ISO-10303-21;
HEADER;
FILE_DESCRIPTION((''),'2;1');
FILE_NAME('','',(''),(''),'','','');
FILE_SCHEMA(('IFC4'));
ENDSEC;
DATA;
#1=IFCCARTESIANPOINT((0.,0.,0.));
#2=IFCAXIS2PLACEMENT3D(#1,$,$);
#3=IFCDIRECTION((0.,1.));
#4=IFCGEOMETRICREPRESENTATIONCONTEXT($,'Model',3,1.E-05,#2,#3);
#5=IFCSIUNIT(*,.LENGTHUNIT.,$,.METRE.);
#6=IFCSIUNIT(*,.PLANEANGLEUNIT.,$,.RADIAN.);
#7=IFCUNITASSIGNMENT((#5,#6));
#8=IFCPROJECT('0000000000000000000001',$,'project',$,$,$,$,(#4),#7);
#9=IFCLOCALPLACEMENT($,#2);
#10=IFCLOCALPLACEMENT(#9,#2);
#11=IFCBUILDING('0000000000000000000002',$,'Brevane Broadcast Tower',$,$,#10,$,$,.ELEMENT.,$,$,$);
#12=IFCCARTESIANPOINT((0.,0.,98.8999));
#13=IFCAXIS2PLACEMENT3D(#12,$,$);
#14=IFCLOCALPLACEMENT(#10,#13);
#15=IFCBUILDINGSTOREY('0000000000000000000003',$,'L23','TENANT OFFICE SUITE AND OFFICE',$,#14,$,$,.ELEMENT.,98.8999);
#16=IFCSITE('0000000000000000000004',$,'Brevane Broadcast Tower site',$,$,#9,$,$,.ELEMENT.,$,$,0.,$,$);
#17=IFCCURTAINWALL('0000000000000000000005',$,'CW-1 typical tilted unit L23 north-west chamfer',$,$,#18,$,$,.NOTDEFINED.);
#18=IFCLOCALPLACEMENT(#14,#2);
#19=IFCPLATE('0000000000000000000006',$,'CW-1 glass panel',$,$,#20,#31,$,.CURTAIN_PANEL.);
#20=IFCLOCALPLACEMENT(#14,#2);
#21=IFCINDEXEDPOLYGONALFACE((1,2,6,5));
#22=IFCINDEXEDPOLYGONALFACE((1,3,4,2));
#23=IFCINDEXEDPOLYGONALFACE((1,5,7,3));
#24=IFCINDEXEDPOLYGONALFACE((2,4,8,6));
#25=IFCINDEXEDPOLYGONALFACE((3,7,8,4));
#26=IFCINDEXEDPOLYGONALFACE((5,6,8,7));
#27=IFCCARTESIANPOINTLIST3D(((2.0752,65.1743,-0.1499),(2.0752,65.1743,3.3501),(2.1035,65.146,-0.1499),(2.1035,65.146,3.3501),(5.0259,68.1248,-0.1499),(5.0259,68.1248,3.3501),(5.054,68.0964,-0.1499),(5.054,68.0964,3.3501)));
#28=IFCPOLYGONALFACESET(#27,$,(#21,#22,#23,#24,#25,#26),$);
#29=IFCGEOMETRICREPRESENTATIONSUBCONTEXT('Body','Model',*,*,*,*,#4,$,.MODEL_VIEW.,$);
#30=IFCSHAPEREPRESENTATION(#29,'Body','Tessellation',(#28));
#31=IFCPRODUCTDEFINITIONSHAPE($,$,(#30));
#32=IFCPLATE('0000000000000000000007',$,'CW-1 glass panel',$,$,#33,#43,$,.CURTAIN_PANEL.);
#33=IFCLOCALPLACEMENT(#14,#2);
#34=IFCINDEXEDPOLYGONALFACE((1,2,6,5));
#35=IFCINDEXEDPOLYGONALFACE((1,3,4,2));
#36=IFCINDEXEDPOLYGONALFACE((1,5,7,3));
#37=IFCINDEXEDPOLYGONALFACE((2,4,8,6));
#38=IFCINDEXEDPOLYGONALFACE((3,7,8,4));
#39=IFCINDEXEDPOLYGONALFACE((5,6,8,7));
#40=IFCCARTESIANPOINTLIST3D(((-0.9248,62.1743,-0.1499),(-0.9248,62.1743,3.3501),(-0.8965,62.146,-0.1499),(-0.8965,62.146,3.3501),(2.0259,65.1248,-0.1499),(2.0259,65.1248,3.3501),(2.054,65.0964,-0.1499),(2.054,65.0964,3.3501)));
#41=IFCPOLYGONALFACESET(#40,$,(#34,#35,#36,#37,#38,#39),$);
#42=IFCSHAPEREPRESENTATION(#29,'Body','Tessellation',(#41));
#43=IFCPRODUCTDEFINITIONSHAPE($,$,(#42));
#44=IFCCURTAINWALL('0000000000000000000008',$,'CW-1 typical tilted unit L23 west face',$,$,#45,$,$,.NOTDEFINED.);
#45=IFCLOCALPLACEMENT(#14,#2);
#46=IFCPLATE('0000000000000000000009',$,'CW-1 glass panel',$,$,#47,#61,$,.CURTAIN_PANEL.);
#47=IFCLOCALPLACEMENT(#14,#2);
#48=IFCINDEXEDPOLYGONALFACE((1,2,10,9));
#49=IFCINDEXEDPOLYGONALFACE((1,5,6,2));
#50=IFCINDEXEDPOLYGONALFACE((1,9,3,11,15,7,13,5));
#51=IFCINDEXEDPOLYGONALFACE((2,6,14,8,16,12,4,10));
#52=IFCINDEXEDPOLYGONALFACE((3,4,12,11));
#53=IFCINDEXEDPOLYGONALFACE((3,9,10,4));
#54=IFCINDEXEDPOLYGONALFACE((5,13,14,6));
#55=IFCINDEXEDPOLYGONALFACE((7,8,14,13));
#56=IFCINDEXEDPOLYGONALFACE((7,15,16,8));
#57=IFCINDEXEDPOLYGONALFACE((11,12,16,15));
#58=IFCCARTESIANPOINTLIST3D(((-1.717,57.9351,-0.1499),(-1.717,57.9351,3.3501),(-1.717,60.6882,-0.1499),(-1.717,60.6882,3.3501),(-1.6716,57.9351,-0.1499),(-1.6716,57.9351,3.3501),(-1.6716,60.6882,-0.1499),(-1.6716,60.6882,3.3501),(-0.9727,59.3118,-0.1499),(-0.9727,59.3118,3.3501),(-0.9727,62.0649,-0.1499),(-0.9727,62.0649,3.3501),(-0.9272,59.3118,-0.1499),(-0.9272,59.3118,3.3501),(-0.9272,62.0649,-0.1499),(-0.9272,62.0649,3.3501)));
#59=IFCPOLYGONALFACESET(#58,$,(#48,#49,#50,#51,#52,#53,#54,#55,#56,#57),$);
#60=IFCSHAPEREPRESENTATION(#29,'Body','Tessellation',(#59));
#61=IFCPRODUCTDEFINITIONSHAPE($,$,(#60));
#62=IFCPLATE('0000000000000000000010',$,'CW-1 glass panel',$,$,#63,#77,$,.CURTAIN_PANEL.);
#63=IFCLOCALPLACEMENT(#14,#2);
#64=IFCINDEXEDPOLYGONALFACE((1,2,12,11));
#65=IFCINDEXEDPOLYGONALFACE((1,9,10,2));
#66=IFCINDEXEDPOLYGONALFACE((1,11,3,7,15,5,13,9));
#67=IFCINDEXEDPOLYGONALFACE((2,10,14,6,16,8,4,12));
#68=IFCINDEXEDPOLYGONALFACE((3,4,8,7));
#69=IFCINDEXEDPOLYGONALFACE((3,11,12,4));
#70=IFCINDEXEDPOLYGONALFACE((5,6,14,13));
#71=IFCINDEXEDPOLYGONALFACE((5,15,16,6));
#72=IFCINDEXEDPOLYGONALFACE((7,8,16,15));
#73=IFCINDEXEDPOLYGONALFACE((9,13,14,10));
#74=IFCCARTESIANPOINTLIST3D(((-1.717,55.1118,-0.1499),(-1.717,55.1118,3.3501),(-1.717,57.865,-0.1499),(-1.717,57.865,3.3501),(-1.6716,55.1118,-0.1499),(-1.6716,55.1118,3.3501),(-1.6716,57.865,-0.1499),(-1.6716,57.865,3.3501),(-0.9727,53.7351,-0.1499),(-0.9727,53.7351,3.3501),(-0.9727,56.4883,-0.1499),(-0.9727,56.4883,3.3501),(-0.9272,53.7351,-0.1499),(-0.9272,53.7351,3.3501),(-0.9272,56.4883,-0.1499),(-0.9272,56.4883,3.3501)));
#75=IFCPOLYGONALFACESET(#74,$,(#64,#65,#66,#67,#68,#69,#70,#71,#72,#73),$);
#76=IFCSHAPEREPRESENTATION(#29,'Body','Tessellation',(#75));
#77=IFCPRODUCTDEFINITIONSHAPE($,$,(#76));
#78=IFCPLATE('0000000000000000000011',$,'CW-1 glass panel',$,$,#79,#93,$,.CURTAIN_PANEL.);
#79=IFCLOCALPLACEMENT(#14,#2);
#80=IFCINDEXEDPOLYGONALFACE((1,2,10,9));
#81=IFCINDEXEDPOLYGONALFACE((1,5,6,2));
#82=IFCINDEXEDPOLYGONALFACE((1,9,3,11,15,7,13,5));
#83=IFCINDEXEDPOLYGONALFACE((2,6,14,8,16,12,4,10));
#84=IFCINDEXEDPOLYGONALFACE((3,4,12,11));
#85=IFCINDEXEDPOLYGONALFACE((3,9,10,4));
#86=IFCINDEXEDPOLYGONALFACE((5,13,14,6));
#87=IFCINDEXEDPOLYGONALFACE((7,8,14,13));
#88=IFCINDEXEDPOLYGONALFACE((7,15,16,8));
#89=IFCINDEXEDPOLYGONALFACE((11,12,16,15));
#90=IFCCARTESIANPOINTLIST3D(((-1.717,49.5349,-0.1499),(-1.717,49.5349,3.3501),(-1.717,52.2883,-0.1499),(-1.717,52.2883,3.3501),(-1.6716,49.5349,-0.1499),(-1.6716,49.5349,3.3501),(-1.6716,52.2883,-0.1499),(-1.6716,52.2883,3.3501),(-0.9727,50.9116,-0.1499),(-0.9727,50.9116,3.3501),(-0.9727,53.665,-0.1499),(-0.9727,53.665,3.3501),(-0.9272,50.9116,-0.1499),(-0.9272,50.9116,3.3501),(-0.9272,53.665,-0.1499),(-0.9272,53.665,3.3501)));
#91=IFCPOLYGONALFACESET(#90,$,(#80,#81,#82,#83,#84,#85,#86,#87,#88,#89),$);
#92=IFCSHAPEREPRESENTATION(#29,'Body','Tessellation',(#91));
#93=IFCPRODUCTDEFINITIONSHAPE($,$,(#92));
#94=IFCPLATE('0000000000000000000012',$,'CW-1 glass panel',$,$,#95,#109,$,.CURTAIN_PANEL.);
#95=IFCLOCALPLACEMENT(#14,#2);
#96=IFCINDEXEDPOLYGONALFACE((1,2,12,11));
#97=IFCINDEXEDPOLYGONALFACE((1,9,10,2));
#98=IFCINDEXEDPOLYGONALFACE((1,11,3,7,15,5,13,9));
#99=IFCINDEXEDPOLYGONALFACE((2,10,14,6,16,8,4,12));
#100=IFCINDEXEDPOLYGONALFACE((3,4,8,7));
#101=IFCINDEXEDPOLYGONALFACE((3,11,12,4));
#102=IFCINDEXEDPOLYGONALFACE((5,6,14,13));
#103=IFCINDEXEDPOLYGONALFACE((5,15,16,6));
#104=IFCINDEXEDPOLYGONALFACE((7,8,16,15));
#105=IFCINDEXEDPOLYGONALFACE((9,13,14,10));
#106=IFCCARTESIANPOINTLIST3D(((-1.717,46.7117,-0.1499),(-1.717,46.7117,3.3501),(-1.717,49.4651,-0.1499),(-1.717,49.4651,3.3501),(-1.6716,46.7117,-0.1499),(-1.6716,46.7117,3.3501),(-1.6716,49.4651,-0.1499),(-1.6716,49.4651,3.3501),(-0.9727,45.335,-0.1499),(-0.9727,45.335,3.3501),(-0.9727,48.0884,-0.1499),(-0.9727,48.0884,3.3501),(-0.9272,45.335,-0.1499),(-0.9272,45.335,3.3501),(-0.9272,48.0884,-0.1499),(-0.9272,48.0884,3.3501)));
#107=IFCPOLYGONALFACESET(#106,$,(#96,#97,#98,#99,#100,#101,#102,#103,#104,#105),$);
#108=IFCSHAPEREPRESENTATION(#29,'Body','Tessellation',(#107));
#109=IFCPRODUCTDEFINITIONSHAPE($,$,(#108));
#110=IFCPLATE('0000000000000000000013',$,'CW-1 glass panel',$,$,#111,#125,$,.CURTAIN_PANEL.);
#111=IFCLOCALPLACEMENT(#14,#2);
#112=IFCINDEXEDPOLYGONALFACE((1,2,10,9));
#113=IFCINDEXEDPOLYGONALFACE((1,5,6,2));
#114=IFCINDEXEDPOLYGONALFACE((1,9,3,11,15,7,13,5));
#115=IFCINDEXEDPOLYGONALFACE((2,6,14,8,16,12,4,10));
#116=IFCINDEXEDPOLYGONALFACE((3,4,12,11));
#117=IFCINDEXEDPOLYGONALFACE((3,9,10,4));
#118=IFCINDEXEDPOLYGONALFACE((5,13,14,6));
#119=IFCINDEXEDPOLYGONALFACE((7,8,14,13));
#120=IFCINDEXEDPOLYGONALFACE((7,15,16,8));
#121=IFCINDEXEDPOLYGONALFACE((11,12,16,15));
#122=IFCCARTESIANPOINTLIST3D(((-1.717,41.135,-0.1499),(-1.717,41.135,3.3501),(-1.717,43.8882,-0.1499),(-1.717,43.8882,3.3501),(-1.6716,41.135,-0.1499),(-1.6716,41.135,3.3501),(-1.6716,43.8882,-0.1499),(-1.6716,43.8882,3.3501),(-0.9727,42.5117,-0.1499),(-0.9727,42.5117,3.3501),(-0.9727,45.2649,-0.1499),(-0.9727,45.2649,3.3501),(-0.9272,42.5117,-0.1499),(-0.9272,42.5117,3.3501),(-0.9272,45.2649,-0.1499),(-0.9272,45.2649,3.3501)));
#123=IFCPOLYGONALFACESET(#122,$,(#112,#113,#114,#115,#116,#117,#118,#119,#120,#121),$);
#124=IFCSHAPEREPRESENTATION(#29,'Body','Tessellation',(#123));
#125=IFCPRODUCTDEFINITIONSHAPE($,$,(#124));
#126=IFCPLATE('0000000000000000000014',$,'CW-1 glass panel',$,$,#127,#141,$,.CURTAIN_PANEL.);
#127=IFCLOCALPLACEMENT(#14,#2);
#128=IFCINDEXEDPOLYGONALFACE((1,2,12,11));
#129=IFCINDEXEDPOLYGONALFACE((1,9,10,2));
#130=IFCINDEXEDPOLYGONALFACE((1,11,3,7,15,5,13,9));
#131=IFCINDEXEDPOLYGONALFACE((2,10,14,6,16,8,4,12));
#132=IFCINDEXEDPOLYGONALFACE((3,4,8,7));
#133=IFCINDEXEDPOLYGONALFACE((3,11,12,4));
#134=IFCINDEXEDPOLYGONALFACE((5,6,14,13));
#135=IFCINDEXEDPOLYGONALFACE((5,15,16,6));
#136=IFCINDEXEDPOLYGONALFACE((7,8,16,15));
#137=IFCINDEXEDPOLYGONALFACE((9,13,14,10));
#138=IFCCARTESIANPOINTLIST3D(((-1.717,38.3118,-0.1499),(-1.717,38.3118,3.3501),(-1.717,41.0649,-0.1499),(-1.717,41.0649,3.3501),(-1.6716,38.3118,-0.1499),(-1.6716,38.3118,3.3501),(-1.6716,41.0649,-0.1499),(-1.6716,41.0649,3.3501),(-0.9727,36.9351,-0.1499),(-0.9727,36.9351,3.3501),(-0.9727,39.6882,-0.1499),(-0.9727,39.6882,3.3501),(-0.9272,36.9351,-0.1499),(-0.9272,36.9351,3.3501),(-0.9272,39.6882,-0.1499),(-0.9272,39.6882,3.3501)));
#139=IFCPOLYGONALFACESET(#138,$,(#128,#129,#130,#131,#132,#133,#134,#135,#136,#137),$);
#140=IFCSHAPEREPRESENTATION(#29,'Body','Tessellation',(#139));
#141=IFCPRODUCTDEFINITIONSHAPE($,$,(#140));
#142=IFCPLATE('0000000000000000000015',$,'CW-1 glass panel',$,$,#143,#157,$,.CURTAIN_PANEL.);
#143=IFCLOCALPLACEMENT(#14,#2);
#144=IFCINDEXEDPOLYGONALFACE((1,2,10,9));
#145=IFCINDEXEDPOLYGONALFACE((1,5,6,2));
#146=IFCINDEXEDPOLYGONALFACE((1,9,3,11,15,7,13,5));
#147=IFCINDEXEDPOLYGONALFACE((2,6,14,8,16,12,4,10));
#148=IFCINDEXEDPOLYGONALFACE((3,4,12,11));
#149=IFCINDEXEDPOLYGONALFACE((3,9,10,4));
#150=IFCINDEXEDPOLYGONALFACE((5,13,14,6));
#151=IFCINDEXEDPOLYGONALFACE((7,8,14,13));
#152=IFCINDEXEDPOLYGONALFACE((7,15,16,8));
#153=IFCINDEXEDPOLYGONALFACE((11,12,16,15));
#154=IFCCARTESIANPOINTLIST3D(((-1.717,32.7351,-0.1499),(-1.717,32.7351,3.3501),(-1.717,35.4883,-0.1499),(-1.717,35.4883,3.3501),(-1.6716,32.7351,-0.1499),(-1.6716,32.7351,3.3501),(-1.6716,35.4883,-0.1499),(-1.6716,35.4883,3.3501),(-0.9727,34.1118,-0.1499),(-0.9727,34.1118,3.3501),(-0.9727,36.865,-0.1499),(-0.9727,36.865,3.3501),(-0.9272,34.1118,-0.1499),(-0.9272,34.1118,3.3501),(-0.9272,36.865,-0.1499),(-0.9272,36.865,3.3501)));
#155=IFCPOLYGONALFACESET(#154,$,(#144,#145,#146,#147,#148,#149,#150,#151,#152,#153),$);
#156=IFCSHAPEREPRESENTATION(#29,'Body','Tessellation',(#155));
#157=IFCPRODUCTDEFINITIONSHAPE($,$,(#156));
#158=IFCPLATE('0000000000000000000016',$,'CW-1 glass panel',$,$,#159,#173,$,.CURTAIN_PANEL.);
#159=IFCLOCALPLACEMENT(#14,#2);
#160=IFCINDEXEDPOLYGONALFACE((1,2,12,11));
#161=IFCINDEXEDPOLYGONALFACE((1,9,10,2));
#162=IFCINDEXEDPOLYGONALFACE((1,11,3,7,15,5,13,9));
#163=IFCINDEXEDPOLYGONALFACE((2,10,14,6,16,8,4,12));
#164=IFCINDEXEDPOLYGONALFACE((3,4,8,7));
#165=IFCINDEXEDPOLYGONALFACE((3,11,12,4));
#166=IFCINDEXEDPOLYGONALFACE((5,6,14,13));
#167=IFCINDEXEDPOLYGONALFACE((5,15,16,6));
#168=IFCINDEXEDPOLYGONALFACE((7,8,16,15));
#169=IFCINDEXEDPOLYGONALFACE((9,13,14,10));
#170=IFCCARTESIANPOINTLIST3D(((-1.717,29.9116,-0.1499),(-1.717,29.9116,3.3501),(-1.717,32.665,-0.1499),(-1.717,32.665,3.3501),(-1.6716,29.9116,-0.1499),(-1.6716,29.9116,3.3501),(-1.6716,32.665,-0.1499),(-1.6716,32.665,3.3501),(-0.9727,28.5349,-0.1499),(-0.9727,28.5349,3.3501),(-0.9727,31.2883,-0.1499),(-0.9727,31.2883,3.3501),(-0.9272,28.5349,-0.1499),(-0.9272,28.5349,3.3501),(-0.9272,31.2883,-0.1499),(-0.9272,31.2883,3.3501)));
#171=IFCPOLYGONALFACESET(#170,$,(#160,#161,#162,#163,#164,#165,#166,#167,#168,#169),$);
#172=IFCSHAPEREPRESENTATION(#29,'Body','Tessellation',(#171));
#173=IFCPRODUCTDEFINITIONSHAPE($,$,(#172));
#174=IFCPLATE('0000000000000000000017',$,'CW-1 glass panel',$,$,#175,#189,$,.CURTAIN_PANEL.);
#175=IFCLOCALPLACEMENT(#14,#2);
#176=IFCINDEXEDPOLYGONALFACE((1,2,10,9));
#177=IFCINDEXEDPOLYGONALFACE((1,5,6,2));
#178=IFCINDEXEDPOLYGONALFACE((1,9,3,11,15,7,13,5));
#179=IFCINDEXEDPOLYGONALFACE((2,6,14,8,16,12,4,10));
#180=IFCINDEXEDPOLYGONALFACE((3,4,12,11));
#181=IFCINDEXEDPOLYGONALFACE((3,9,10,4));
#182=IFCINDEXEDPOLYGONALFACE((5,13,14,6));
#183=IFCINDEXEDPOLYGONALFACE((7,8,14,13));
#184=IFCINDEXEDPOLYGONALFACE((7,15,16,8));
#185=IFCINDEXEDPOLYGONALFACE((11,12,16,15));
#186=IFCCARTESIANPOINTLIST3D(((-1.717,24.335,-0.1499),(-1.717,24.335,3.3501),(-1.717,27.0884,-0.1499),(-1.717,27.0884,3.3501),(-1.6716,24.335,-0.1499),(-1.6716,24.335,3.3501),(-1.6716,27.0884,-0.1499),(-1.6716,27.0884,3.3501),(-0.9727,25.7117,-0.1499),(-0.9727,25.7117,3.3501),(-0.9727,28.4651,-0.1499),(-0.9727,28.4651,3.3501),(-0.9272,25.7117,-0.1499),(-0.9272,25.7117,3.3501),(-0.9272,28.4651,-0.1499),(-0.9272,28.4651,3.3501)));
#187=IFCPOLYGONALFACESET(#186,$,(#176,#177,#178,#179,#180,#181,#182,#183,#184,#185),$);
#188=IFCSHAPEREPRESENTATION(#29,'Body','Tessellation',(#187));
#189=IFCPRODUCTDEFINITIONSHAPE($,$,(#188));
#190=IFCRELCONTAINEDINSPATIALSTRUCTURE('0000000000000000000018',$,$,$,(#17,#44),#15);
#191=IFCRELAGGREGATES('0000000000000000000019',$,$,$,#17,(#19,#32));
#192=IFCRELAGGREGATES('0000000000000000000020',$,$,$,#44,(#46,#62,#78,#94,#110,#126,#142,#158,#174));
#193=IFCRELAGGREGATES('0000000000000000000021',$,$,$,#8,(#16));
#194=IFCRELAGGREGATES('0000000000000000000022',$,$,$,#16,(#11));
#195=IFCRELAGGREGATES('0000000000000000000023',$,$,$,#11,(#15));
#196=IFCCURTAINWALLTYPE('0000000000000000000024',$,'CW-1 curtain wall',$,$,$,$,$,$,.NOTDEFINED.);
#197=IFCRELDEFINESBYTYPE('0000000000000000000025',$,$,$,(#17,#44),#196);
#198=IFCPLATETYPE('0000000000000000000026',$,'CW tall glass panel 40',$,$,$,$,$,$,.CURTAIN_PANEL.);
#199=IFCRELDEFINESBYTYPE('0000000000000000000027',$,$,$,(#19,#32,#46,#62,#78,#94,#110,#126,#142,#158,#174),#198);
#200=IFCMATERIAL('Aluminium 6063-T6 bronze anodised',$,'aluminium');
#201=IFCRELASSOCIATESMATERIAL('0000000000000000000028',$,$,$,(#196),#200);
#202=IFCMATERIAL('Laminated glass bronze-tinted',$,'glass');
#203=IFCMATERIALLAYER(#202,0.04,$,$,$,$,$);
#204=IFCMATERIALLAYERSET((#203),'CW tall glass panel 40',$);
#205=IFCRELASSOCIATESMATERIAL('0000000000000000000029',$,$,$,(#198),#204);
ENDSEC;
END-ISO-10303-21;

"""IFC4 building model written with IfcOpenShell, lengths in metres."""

from ifc_helpers import new_model, si_unit, direction, frame, origin, place, context, subcontext, project, spatial, polyline, outline, extrude, material, layer, layer_set, type_object, element, aggregate, save


model = new_model("IFC4")

# Units and contexts
model_context = context("Model", 3, precision=1e-05, world=origin(), true_north=direction((0.0, 1.0)))
body_context = subcontext(model_context, "Body", "Model", "MODEL_VIEW")
ifc_project = project(units=[si_unit("LENGTHUNIT", "METRE"), si_unit("PLANEANGLEUNIT", "RADIAN")], contexts=[model_context])

# Site, building, storey
site_placement = place(None, origin())
site = spatial("IfcSite", under=ifc_project, at=site_placement, Name="Brevane Broadcast Tower site", CompositionType="ELEMENT", RefElevation=0.0)
building_placement = place(site_placement, origin())
building = spatial("IfcBuilding", under=site, at=building_placement, Name="Brevane Broadcast Tower", CompositionType="ELEMENT")
storey_placement = place(building_placement, frame((0.0, 0.0, 98.8999)))
storey = spatial("IfcBuildingStorey", under=building, at=storey_placement, Name="L23", Description="TENANT OFFICE SUITE AND OFFICE", CompositionType="ELEMENT", Elevation=98.8999)

# Curtain walls, plates
ifc_material_1 = material(Name="Aluminium 6063-T6 bronze anodised", Category="aluminium")
curtain_wall_type = type_object("IfcCurtainWallType", Name="CW-1 curtain wall", PredefinedType="NOTDEFINED", material=ifc_material_1)
curtain_wall_1_placement = place(storey_placement, origin())
curtain_wall_1 = element("IfcCurtainWall", 1, at=curtain_wall_1_placement, inside=storey, type_object=curtain_wall_type, Name="CW-1 typical tilted unit L23 north-west chamfer", PredefinedType="NOTDEFINED")
ifc_material_2 = material(Name="Laminated glass bronze-tinted", Category="glass")
ifc_layer_1 = layer(ifc_material_2, 0.04)
ifc_layer_set_1 = layer_set([ifc_layer_1], Name="CW tall glass panel 40")
plate_type = type_object("IfcPlateType", Name="CW tall glass panel 40", PredefinedType="CURTAIN_PANEL", material=ifc_layer_set_1)
plate_1_placement = place(storey_placement, frame((0.0, 0.0, -0.1499)))
plate_1 = element("IfcPlate", 2, at=plate_1_placement, type_object=plate_type, Name="CW-1 glass panel", PredefinedType="CURTAIN_PANEL", context=body_context, shape_type="SweptSolid", body=[
    extrude(outline(polyline([(5.054, 68.0964), (2.1035, 65.146), (2.0752, 65.1743), (5.0259, 68.1248), (5.054, 68.0964)])), origin(), (0.0, 0.0, 1.0), 3.5),
])
plate_2_placement = place(storey_placement, frame((0.0, 0.0, -0.1499)))
plate_2 = element("IfcPlate", 3, at=plate_2_placement, type_object=plate_type, Name="CW-1 glass panel", PredefinedType="CURTAIN_PANEL", context=body_context, shape_type="SweptSolid", body=[
    extrude(outline(polyline([(2.054, 65.0964), (-0.8965, 62.146), (-0.9248, 62.1743), (2.0259, 65.1248), (2.054, 65.0964)])), origin(), (0.0, 0.0, 1.0), 3.5),
])
aggregate(curtain_wall_1, [plate_1, plate_2])
curtain_wall_2_placement = place(storey_placement, origin())
curtain_wall_2 = element("IfcCurtainWall", 4, at=curtain_wall_2_placement, inside=storey, type_object=curtain_wall_type, Name="CW-1 typical tilted unit L23 west face", PredefinedType="NOTDEFINED")
plate_3_placement = place(storey_placement, frame((0.0, 0.0, -0.1499)))
plate_3 = element("IfcPlate", 5, at=plate_3_placement, type_object=plate_type, Name="CW-1 glass panel", PredefinedType="CURTAIN_PANEL", context=body_context, shape_type="SweptSolid", body=[
    extrude(outline(polyline([(-0.9272, 62.0649), (-0.9727, 62.0649), (-1.717, 60.6882), (-0.9727, 59.3118), (-1.717, 57.9351), (-1.6716, 57.9351), (-0.9272, 59.3118), (-1.6716, 60.6882), (-0.9272, 62.0649)])), origin(), (0.0, 0.0, 1.0), 3.5),
])
plate_4_placement = place(storey_placement, frame((0.0, 0.0, -0.1499)))
plate_4 = element("IfcPlate", 6, at=plate_4_placement, type_object=plate_type, Name="CW-1 glass panel", PredefinedType="CURTAIN_PANEL", context=body_context, shape_type="SweptSolid", body=[
    extrude(outline(polyline([(-1.6716, 57.865), (-1.717, 57.865), (-0.9727, 56.4883), (-1.717, 55.1118), (-0.9727, 53.7351), (-0.9272, 53.7351), (-1.6716, 55.1118), (-0.9272, 56.4883), (-1.6716, 57.865)])), origin(), (0.0, 0.0, 1.0), 3.5),
])
plate_5_placement = place(storey_placement, frame((0.0, 0.0, -0.1499)))
plate_5 = element("IfcPlate", 7, at=plate_5_placement, type_object=plate_type, Name="CW-1 glass panel", PredefinedType="CURTAIN_PANEL", context=body_context, shape_type="SweptSolid", body=[
    extrude(outline(polyline([(-0.9272, 53.665), (-0.9727, 53.665), (-1.717, 52.2883), (-0.9727, 50.9116), (-1.717, 49.5349), (-1.6716, 49.5349), (-0.9272, 50.9116), (-1.6716, 52.2883), (-0.9272, 53.665)])), origin(), (0.0, 0.0, 1.0), 3.5),
])
plate_6_placement = place(storey_placement, frame((0.0, 0.0, -0.1499)))
plate_6 = element("IfcPlate", 8, at=plate_6_placement, type_object=plate_type, Name="CW-1 glass panel", PredefinedType="CURTAIN_PANEL", context=body_context, shape_type="SweptSolid", body=[
    extrude(outline(polyline([(-1.6716, 49.4651), (-1.717, 49.4651), (-0.9727, 48.0884), (-1.717, 46.7117), (-0.9727, 45.335), (-0.9272, 45.335), (-1.6716, 46.7117), (-0.9272, 48.0884), (-1.6716, 49.4651)])), origin(), (0.0, 0.0, 1.0), 3.5),
])
plate_7_placement = place(storey_placement, frame((0.0, 0.0, -0.1499)))
plate_7 = element("IfcPlate", 9, at=plate_7_placement, type_object=plate_type, Name="CW-1 glass panel", PredefinedType="CURTAIN_PANEL", context=body_context, shape_type="SweptSolid", body=[
    extrude(outline(polyline([(-0.9272, 45.2649), (-0.9727, 45.2649), (-1.717, 43.8882), (-0.9727, 42.5117), (-1.717, 41.135), (-1.6716, 41.135), (-0.9272, 42.5117), (-1.6716, 43.8882), (-0.9272, 45.2649)])), origin(), (0.0, 0.0, 1.0), 3.5),
])
plate_8_placement = place(storey_placement, frame((0.0, 0.0, -0.1499)))
plate_8 = element("IfcPlate", 10, at=plate_8_placement, type_object=plate_type, Name="CW-1 glass panel", PredefinedType="CURTAIN_PANEL", context=body_context, shape_type="SweptSolid", body=[
    extrude(outline(polyline([(-1.6716, 41.0649), (-1.717, 41.0649), (-0.9727, 39.6882), (-1.717, 38.3118), (-0.9727, 36.9351), (-0.9272, 36.9351), (-1.6716, 38.3118), (-0.9272, 39.6882), (-1.6716, 41.0649)])), origin(), (0.0, 0.0, 1.0), 3.5),
])
plate_9_placement = place(storey_placement, frame((0.0, 0.0, -0.1499)))
plate_9 = element("IfcPlate", 11, at=plate_9_placement, type_object=plate_type, Name="CW-1 glass panel", PredefinedType="CURTAIN_PANEL", context=body_context, shape_type="SweptSolid", body=[
    extrude(outline(polyline([(-0.9272, 36.865), (-0.9727, 36.865), (-1.717, 35.4883), (-0.9727, 34.1118), (-1.717, 32.7351), (-1.6716, 32.7351), (-0.9272, 34.1118), (-1.6716, 35.4883), (-0.9272, 36.865)])), origin(), (0.0, 0.0, 1.0), 3.5),
])
plate_10_placement = place(storey_placement, frame((0.0, 0.0, -0.1499)))
plate_10 = element("IfcPlate", 12, at=plate_10_placement, type_object=plate_type, Name="CW-1 glass panel", PredefinedType="CURTAIN_PANEL", context=body_context, shape_type="SweptSolid", body=[
    extrude(outline(polyline([(-1.6716, 32.665), (-1.717, 32.665), (-0.9727, 31.2883), (-1.717, 29.9116), (-0.9727, 28.5349), (-0.9272, 28.5349), (-1.6716, 29.9116), (-0.9272, 31.2883), (-1.6716, 32.665)])), origin(), (0.0, 0.0, 1.0), 3.5),
])
plate_11_placement = place(storey_placement, frame((0.0, 0.0, -0.1499)))
plate_11 = element("IfcPlate", 13, at=plate_11_placement, type_object=plate_type, Name="CW-1 glass panel", PredefinedType="CURTAIN_PANEL", context=body_context, shape_type="SweptSolid", body=[
    extrude(outline(polyline([(-0.9272, 28.4651), (-0.9727, 28.4651), (-1.717, 27.0884), (-0.9727, 25.7117), (-1.717, 24.335), (-1.6716, 24.335), (-0.9272, 25.7117), (-1.6716, 27.0884), (-0.9272, 28.4651)])), origin(), (0.0, 0.0, 1.0), 3.5),
])
aggregate(curtain_wall_2, [plate_3, plate_4, plate_5, plate_6, plate_7, plate_8, plate_9, plate_10, plate_11])

save(model, "model.ifc")
